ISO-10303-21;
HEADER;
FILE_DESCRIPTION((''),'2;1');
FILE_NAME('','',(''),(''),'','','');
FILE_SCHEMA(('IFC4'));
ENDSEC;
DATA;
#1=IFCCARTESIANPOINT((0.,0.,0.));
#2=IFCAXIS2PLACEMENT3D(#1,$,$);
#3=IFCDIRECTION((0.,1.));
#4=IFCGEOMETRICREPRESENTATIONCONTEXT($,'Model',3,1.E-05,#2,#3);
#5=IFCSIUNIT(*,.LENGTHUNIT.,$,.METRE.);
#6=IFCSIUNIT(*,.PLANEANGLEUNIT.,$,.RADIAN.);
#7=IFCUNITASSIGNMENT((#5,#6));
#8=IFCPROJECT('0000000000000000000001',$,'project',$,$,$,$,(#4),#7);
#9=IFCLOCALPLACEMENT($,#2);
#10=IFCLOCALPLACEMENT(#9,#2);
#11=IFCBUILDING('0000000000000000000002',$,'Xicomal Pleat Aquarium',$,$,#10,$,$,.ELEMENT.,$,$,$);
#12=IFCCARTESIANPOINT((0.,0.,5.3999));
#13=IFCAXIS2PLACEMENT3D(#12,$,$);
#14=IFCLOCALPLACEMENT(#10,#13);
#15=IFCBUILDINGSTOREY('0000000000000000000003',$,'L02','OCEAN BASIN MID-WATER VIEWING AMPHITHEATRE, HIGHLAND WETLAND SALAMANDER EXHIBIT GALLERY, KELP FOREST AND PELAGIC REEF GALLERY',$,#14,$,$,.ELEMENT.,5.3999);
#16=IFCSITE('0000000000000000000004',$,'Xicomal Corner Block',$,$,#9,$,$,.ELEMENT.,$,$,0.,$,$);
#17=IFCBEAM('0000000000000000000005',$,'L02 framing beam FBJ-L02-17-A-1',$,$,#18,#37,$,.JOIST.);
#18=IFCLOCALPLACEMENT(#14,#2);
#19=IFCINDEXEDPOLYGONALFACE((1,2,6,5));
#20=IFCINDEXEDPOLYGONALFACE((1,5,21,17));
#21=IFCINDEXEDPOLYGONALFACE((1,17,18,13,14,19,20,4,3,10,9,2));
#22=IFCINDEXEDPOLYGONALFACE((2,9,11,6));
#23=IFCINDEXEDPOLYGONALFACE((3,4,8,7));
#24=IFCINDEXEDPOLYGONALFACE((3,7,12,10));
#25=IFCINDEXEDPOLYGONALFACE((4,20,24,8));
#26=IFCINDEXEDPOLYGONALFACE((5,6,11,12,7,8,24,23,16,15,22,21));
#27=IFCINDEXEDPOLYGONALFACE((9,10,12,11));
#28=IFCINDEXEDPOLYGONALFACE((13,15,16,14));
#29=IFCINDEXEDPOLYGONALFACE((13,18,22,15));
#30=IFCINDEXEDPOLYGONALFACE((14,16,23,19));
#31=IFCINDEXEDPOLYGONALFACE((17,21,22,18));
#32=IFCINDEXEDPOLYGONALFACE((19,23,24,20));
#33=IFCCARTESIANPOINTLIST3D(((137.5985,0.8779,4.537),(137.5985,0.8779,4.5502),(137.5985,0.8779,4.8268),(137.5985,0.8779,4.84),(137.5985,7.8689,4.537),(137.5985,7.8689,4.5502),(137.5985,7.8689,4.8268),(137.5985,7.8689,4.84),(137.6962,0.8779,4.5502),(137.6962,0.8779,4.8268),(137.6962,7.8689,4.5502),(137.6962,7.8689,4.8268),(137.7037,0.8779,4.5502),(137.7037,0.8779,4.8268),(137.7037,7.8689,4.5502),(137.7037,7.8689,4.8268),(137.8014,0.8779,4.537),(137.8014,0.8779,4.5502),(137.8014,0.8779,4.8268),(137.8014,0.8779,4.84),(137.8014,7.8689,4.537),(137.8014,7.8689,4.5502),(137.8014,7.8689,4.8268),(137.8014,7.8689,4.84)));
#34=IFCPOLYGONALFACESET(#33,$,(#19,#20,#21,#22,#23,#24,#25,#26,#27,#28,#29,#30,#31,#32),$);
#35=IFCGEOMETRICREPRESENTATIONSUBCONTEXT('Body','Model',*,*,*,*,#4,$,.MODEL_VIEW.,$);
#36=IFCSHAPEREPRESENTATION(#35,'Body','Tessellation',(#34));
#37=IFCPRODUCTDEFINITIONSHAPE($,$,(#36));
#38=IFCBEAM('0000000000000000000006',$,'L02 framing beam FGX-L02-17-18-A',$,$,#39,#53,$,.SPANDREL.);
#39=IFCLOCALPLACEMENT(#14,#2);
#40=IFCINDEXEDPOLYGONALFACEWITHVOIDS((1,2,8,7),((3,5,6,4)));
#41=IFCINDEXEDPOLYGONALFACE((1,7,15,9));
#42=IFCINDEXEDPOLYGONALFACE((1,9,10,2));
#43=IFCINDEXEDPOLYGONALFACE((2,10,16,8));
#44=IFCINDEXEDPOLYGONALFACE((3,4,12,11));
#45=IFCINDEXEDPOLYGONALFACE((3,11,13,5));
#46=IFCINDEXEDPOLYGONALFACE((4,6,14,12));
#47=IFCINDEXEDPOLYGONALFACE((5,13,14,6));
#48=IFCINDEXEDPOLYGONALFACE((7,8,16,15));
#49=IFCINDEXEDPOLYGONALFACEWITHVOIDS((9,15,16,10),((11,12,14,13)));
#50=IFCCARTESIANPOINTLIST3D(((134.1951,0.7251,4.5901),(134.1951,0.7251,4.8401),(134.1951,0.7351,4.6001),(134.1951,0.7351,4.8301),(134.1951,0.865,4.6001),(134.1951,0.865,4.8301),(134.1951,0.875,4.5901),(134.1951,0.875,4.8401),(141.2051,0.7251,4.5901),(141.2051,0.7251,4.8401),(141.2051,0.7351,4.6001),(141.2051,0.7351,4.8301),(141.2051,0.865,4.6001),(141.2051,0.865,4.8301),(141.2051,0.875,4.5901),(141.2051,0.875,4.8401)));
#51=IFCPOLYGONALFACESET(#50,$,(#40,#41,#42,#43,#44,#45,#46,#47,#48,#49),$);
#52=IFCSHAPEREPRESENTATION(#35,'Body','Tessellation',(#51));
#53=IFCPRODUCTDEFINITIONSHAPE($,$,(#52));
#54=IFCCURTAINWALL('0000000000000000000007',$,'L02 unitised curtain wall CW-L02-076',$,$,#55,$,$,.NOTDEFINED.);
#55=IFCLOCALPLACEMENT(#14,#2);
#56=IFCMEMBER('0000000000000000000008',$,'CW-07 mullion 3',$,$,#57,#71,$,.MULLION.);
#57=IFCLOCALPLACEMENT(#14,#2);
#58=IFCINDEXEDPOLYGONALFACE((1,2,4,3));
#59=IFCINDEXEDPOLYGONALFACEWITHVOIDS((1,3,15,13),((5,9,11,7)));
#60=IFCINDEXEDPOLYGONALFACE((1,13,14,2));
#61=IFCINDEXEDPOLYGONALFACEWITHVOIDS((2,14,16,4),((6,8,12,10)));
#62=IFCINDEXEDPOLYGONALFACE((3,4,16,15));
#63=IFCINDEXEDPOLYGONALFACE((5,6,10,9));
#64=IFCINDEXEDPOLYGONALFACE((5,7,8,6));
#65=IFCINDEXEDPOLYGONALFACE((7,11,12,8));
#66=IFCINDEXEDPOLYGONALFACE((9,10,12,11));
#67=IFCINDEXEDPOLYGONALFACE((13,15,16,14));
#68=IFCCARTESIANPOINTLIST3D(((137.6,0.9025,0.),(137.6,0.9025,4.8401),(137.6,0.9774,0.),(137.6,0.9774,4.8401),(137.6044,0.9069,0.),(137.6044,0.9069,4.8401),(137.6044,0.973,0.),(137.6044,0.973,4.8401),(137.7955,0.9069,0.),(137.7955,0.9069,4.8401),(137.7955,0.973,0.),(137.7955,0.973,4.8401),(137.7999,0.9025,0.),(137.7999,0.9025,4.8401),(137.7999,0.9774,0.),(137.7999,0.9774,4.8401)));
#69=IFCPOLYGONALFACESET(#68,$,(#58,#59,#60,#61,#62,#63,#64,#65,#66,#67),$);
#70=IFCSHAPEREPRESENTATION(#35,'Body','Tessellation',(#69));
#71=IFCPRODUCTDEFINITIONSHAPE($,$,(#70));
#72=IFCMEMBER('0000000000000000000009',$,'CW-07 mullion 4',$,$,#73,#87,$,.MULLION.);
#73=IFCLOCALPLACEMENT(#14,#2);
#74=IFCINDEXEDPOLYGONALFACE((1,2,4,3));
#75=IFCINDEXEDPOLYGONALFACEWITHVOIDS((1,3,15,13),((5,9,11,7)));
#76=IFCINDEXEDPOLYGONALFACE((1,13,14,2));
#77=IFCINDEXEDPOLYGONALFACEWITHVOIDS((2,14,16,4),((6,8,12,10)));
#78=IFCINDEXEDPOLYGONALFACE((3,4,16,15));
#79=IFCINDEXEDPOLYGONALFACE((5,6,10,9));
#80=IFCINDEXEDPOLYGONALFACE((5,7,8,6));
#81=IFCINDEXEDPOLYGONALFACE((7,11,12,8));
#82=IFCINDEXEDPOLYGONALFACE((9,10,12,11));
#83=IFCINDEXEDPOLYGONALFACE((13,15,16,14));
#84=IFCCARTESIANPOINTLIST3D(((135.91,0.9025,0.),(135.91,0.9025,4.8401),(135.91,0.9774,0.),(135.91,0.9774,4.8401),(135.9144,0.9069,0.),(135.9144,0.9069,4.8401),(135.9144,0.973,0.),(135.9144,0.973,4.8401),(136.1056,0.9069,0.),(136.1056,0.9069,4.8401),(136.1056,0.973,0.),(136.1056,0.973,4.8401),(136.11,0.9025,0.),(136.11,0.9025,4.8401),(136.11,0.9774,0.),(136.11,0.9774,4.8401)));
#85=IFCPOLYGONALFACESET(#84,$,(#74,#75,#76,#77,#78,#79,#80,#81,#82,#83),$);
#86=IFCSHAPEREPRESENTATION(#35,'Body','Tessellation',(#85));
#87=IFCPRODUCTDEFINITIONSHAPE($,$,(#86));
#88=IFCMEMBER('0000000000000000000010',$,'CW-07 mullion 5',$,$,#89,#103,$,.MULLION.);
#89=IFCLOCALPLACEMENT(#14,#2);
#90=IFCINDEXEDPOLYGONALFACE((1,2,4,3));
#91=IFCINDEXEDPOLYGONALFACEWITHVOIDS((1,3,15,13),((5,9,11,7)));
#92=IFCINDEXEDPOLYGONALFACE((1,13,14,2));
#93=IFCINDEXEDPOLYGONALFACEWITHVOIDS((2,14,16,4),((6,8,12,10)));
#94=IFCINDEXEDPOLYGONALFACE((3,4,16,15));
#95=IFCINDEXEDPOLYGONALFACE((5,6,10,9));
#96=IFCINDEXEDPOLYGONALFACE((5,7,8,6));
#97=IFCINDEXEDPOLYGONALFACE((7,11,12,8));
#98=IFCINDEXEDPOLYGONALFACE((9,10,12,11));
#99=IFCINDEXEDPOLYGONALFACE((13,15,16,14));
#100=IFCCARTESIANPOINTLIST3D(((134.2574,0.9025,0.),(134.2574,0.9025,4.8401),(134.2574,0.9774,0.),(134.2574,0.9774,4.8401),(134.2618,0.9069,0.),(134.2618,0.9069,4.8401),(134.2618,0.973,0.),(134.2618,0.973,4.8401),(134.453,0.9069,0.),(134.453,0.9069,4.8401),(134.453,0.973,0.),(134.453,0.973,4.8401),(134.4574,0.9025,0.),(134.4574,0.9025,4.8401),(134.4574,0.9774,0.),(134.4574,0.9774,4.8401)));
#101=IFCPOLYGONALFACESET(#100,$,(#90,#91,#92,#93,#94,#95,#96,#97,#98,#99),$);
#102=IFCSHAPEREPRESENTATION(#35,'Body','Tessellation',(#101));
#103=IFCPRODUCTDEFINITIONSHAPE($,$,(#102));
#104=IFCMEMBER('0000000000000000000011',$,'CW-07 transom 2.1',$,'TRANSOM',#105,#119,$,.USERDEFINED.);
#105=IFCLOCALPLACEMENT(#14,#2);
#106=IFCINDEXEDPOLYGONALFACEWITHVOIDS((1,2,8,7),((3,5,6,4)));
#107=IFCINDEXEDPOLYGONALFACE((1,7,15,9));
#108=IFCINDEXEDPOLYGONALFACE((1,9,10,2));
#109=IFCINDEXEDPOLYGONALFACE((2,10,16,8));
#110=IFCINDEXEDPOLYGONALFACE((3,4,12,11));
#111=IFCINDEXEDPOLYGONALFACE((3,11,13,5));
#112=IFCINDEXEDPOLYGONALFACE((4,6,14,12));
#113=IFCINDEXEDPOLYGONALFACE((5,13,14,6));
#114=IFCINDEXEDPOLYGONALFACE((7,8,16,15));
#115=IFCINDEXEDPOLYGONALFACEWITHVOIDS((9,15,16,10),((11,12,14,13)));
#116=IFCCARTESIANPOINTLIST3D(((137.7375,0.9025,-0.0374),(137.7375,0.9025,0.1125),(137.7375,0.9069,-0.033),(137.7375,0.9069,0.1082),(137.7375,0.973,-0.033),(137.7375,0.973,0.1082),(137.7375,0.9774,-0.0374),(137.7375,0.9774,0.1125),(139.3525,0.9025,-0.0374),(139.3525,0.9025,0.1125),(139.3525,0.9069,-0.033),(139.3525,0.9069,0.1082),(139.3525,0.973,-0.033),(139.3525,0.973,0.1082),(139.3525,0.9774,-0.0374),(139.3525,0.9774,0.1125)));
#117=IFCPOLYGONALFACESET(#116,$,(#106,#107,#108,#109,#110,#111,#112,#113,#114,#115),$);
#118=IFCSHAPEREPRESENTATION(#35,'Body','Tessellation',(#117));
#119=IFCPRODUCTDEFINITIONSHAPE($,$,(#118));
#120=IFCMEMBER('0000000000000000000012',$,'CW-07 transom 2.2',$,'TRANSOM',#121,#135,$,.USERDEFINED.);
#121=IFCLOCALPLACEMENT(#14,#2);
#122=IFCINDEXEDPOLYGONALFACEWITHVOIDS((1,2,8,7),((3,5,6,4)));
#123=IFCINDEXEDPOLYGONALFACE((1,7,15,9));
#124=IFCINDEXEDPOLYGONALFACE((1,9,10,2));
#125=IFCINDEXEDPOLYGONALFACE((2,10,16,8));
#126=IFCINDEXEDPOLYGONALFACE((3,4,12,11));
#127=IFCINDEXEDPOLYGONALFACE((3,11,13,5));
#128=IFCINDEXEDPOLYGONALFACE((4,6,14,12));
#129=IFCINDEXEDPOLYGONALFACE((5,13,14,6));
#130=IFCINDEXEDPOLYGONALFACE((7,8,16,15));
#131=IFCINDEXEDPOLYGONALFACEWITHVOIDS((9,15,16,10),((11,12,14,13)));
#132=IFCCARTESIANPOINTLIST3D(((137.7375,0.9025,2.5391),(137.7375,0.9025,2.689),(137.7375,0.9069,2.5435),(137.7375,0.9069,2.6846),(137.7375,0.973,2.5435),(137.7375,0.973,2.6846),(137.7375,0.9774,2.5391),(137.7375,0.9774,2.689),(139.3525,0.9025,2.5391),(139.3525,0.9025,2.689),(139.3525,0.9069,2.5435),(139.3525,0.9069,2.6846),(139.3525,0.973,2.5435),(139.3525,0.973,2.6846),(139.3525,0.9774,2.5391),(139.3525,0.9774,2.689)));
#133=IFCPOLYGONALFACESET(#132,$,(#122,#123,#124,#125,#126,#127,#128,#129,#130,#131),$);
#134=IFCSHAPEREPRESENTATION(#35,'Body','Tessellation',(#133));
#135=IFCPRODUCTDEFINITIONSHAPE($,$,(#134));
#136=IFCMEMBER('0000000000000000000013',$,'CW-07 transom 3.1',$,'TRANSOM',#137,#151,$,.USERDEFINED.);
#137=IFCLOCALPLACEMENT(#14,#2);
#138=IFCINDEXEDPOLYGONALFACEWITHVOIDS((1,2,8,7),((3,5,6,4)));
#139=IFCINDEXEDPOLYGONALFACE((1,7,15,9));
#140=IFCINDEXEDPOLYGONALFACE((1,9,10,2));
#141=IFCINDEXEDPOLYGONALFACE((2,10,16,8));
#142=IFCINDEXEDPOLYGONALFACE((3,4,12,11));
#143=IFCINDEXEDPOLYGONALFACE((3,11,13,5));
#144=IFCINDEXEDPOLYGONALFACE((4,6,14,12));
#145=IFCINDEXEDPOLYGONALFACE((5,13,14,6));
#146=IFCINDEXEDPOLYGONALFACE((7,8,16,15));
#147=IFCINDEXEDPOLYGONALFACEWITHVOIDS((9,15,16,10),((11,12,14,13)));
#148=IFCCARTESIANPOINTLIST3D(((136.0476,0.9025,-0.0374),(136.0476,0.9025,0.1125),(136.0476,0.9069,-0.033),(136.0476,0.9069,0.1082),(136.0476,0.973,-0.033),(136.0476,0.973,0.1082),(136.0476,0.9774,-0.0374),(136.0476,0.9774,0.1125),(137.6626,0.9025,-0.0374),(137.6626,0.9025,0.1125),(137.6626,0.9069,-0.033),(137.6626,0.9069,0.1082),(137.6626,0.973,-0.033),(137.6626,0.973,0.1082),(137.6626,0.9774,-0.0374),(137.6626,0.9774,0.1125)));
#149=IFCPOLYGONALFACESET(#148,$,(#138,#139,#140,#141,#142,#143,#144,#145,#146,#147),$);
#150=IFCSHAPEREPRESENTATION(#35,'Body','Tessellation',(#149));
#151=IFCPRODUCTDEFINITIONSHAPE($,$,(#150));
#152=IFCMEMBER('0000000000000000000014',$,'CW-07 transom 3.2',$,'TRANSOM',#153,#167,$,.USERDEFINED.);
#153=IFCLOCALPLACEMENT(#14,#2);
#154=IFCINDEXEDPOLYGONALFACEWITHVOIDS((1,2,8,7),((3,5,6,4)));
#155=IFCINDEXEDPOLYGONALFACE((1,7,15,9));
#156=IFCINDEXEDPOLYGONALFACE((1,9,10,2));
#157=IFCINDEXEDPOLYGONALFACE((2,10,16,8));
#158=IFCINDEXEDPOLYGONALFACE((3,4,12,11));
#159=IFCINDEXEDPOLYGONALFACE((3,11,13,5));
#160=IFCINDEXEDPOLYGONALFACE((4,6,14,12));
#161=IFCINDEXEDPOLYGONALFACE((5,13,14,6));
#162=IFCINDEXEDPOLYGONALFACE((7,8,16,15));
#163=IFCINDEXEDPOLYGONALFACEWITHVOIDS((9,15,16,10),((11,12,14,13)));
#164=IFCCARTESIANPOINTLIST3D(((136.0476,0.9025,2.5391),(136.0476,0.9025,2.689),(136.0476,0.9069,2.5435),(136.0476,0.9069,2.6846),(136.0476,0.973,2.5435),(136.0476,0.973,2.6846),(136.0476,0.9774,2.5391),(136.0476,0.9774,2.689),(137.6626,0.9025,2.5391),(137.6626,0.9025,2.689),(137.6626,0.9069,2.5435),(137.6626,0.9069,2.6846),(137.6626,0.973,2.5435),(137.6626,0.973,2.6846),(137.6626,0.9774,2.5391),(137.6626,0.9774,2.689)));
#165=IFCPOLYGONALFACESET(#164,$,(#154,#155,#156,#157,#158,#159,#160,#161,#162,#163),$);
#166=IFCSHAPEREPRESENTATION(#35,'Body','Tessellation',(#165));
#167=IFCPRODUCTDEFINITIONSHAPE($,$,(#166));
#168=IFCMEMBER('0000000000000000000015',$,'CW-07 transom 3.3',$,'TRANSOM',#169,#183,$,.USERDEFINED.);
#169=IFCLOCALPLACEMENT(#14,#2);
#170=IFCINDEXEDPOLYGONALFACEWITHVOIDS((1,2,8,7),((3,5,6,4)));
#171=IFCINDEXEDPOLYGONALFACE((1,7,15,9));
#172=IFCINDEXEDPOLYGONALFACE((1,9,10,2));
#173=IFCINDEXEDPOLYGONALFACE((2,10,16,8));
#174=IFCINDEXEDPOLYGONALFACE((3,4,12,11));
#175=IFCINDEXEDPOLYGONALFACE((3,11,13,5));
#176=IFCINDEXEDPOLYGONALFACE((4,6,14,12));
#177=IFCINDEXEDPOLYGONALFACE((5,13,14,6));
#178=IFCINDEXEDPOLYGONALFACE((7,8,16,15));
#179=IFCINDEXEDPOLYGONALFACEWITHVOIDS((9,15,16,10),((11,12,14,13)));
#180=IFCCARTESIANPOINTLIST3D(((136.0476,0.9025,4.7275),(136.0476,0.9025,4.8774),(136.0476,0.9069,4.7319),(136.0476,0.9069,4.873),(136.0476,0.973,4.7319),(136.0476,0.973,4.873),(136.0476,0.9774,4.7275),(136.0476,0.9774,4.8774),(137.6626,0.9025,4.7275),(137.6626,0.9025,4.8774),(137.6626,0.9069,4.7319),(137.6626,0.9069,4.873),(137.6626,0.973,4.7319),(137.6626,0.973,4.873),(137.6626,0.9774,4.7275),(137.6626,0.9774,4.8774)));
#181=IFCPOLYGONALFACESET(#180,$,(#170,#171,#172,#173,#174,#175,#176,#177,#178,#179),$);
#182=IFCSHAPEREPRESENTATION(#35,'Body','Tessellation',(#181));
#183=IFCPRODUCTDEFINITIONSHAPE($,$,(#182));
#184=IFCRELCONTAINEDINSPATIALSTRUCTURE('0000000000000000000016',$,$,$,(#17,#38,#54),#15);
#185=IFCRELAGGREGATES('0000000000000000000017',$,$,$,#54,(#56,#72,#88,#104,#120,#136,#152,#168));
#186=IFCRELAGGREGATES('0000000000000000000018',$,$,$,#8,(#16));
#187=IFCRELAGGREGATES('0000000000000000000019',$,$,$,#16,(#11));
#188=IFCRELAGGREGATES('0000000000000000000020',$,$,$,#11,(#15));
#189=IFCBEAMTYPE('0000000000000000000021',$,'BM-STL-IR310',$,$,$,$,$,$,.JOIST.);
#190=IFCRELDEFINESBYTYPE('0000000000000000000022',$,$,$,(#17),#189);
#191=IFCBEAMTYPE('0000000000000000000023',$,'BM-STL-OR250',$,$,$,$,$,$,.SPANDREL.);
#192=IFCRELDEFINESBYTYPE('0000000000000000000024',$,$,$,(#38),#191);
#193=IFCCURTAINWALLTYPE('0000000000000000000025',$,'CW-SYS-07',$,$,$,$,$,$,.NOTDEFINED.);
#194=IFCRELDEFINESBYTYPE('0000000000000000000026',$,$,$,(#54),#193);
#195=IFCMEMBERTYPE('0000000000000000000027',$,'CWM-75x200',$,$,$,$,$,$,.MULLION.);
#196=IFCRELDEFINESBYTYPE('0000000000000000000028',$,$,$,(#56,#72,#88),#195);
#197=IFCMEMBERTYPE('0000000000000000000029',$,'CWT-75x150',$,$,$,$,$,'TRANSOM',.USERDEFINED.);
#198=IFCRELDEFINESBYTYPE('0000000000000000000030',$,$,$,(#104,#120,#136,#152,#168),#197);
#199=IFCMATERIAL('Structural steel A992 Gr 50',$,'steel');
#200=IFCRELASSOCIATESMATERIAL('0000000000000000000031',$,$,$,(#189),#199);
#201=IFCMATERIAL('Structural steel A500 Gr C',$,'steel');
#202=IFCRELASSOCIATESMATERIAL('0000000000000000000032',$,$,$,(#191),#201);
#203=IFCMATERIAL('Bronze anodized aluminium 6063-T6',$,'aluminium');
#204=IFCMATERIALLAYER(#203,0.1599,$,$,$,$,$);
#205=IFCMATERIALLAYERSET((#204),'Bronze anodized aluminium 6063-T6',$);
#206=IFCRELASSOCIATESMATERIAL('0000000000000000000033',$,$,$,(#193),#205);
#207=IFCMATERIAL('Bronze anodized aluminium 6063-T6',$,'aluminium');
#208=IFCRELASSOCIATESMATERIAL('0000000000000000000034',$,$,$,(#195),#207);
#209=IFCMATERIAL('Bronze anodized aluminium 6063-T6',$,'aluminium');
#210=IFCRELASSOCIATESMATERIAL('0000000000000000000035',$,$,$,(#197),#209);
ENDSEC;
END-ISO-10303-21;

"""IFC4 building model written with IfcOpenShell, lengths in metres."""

from ifc_helpers import new_model, si_unit, direction, frame, origin, origin_2d, place, context, subcontext, project, spatial, hollow_rectangle, i_section, extrude, material, layer, layer_set, material_profile, profile_set, type_object, element, aggregate, save


model = new_model("IFC4")

# Units and contexts
model_context = context("Model", 3, precision=1e-05, world=origin(), true_north=direction((0.0, 1.0)))
body_context = subcontext(model_context, "Body", "Model", "MODEL_VIEW")
ifc_project = project(units=[si_unit("LENGTHUNIT", "METRE"), si_unit("PLANEANGLEUNIT", "RADIAN")], contexts=[model_context])

# Site, building, storey
site_placement = place(None, origin())
site = spatial("IfcSite", under=ifc_project, at=site_placement, Name="Xicomal Corner Block", CompositionType="ELEMENT", RefElevation=0.0)
building_placement = place(site_placement, origin())
building = spatial("IfcBuilding", under=site, at=building_placement, Name="Xicomal Pleat Aquarium", CompositionType="ELEMENT")
storey_placement = place(building_placement, frame((0.0, 0.0, 5.3999)))
storey = spatial("IfcBuildingStorey", under=building, at=storey_placement, Name="L02", Description="OCEAN BASIN MID-WATER VIEWING AMPHITHEATRE, HIGHLAND WETLAND SALAMANDER EXHIBIT GALLERY, KELP FOREST AND PELAGIC REEF GALLERY", CompositionType="ELEMENT", Elevation=5.3999)

# Beams
ifc_material_1 = material(Name="Structural steel A992 Gr 50", Category="steel")
ifc_material_profile_1 = material_profile(ifc_material_1, i_section(OverallWidth=0.2029, OverallDepth=0.303, WebThickness=0.0076, FlangeThickness=0.0132, at=origin_2d()), Name="IR 310x60")
ifc_profile_set_1 = profile_set([ifc_material_profile_1], Name="Structural steel A992 Gr 50")
beam_type_1 = type_object("IfcBeamType", Name="BM-STL-IR310", PredefinedType="JOIST", material=ifc_profile_set_1)
beam_1_placement = place(storey_placement, frame((137.7, 0.8779, 4.6885), z_axis=(0.0, 1.0, 0.0), x_axis=(-1.0, 0.0, 0.0)))
element("IfcBeam", 1, at=beam_1_placement, inside=storey, type_object=beam_type_1, Name="L02 framing beam FBJ-L02-17-A-1", PredefinedType="JOIST", context=body_context, shape_type="SweptSolid", body=[
    extrude(i_section(OverallWidth=0.2029, OverallDepth=0.303, WebThickness=0.0076, FlangeThickness=0.0132, at=origin_2d()), origin(), (0.0, 0.0, 1.0), 6.991),
])
ifc_material_2 = material(Name="Structural steel A500 Gr C", Category="steel")
ifc_material_profile_2 = material_profile(ifc_material_2, hollow_rectangle(XDim=0.1499, YDim=0.25, WallThickness=0.01, at=origin_2d()), Name="OR 250x150x10")
ifc_profile_set_2 = profile_set([ifc_material_profile_2], Name="Structural steel A500 Gr C")
beam_type_2 = type_object("IfcBeamType", Name="BM-STL-OR250", PredefinedType="SPANDREL", material=ifc_profile_set_2)
beam_2_placement = place(storey_placement, frame((134.1951, 0.8, 4.7151), z_axis=(1.0, 0.0, 0.0), x_axis=(0.0, 1.0, 0.0)))
element("IfcBeam", 2, at=beam_2_placement, inside=storey, type_object=beam_type_2, Name="L02 framing beam FGX-L02-17-18-A", PredefinedType="SPANDREL", context=body_context, shape_type="SweptSolid", body=[
    extrude(hollow_rectangle(XDim=0.1499, YDim=0.25, WallThickness=0.01, at=origin_2d()), origin(), (0.0, 0.0, 1.0), 7.01),
])

# Curtain wall, members
ifc_material_3 = material(Name="Bronze anodized aluminium 6063-T6", Category="aluminium")
ifc_layer_1 = layer(ifc_material_3, 0.1599)
ifc_layer_set_1 = layer_set([ifc_layer_1], Name="Bronze anodized aluminium 6063-T6")
curtain_wall_type = type_object("IfcCurtainWallType", Name="CW-SYS-07", PredefinedType="NOTDEFINED", material=ifc_layer_set_1)
curtain_wall_placement = place(storey_placement, origin())
curtain_wall = element("IfcCurtainWall", 3, at=curtain_wall_placement, inside=storey, type_object=curtain_wall_type, Name="L02 unitised curtain wall CW-L02-076", PredefinedType="NOTDEFINED")
ifc_material_4 = material(Name="Bronze anodized aluminium 6063-T6", Category="aluminium")
ifc_material_profile_3 = material_profile(ifc_material_4, hollow_rectangle(XDim=0.075, YDim=0.2, WallThickness=0.0044, at=origin_2d()), Name="ALU MULL 75x200")
ifc_profile_set_3 = profile_set([ifc_material_profile_3], Name="Bronze anodized aluminium 6063-T6")
member_type_1 = type_object("IfcMemberType", Name="CWM-75x200", PredefinedType="MULLION", material=ifc_profile_set_3)
member_1_placement = place(storey_placement, frame((137.7, 0.9399, 0.0), z_axis=(0.0, 0.0, 1.0), x_axis=(0.0, -1.0, 0.0)))
member_1 = element("IfcMember", 4, at=member_1_placement, type_object=member_type_1, Name="CW-07 mullion 3", PredefinedType="MULLION", context=body_context, shape_type="SweptSolid", body=[
    extrude(hollow_rectangle(XDim=0.075, YDim=0.2, WallThickness=0.0044, at=origin_2d()), origin(), (0.0, 0.0, 1.0), 4.8401),
])
member_2_placement = place(storey_placement, frame((136.01, 0.9399, 0.0), z_axis=(0.0, 0.0, 1.0), x_axis=(0.0, -1.0, 0.0)))
member_2 = element("IfcMember", 5, at=member_2_placement, type_object=member_type_1, Name="CW-07 mullion 4", PredefinedType="MULLION", context=body_context, shape_type="SweptSolid", body=[
    extrude(hollow_rectangle(XDim=0.075, YDim=0.2, WallThickness=0.0044, at=origin_2d()), origin(), (0.0, 0.0, 1.0), 4.8401),
])
member_3_placement = place(storey_placement, frame((134.3574, 0.9399, 0.0), z_axis=(0.0, 0.0, 1.0), x_axis=(0.0, -1.0, 0.0)))
member_3 = element("IfcMember", 6, at=member_3_placement, type_object=member_type_1, Name="CW-07 mullion 5", PredefinedType="MULLION", context=body_context, shape_type="SweptSolid", body=[
    extrude(hollow_rectangle(XDim=0.075, YDim=0.2, WallThickness=0.0044, at=origin_2d()), origin(), (0.0, 0.0, 1.0), 4.8401),
])
ifc_material_5 = material(Name="Bronze anodized aluminium 6063-T6", Category="aluminium")
ifc_material_profile_4 = material_profile(ifc_material_5, hollow_rectangle(XDim=0.075, YDim=0.1499, WallThickness=0.0044, at=origin_2d()), Name="ALU TRAN 75x150")
ifc_profile_set_4 = profile_set([ifc_material_profile_4], Name="Bronze anodized aluminium 6063-T6")
member_type_2 = type_object("IfcMemberType", Name="CWT-75x150", ElementType="TRANSOM", PredefinedType="USERDEFINED", material=ifc_profile_set_4)
member_4_placement = place(storey_placement, frame((139.3525, 0.9399, 0.0376), z_axis=(-1.0, 0.0, 0.0), x_axis=(0.0, -1.0, 0.0)))
member_4 = element("IfcMember", 7, at=member_4_placement, type_object=member_type_2, Name="CW-07 transom 2.1", ObjectType="TRANSOM", PredefinedType="USERDEFINED", context=body_context, shape_type="SweptSolid", body=[
    extrude(hollow_rectangle(XDim=0.075, YDim=0.1499, WallThickness=0.0044, at=origin_2d()), origin(), (0.0, 0.0, 1.0), 1.615),
])
member_5_placement = place(storey_placement, frame((139.3525, 0.9399, 2.614), z_axis=(-1.0, 0.0, 0.0), x_axis=(0.0, -1.0, 0.0)))
member_5 = element("IfcMember", 8, at=member_5_placement, type_object=member_type_2, Name="CW-07 transom 2.2", ObjectType="TRANSOM", PredefinedType="USERDEFINED", context=body_context, shape_type="SweptSolid", body=[
    extrude(hollow_rectangle(XDim=0.075, YDim=0.1499, WallThickness=0.0044, at=origin_2d()), origin(), (0.0, 0.0, 1.0), 1.615),
])
member_6_placement = place(storey_placement, frame((137.6626, 0.9399, 0.0376), z_axis=(-1.0, 0.0, 0.0), x_axis=(0.0, -1.0, 0.0)))
member_6 = element("IfcMember", 9, at=member_6_placement, type_object=member_type_2, Name="CW-07 transom 3.1", ObjectType="TRANSOM", PredefinedType="USERDEFINED", context=body_context, shape_type="SweptSolid", body=[
    extrude(hollow_rectangle(XDim=0.075, YDim=0.1499, WallThickness=0.0044, at=origin_2d()), origin(), (0.0, 0.0, 1.0), 1.615),
])
member_7_placement = place(storey_placement, frame((137.6626, 0.9399, 2.614), z_axis=(-1.0, 0.0, 0.0), x_axis=(0.0, -1.0, 0.0)))
member_7 = element("IfcMember", 10, at=member_7_placement, type_object=member_type_2, Name="CW-07 transom 3.2", ObjectType="TRANSOM", PredefinedType="USERDEFINED", context=body_context, shape_type="SweptSolid", body=[
    extrude(hollow_rectangle(XDim=0.075, YDim=0.1499, WallThickness=0.0044, at=origin_2d()), origin(), (0.0, 0.0, 1.0), 1.615),
])
member_8_placement = place(storey_placement, frame((137.6626, 0.9399, 4.8025), z_axis=(-1.0, 0.0, 0.0), x_axis=(0.0, -1.0, 0.0)))
member_8 = element("IfcMember", 11, at=member_8_placement, type_object=member_type_2, Name="CW-07 transom 3.3", ObjectType="TRANSOM", PredefinedType="USERDEFINED", context=body_context, shape_type="SweptSolid", body=[
    extrude(hollow_rectangle(XDim=0.075, YDim=0.1499, WallThickness=0.0044, at=origin_2d()), origin(), (0.0, 0.0, 1.0), 1.615),
])
aggregate(curtain_wall, [member_1, member_2, member_3, member_4, member_5, member_6, member_7, member_8])

save(model, "model.ifc")
